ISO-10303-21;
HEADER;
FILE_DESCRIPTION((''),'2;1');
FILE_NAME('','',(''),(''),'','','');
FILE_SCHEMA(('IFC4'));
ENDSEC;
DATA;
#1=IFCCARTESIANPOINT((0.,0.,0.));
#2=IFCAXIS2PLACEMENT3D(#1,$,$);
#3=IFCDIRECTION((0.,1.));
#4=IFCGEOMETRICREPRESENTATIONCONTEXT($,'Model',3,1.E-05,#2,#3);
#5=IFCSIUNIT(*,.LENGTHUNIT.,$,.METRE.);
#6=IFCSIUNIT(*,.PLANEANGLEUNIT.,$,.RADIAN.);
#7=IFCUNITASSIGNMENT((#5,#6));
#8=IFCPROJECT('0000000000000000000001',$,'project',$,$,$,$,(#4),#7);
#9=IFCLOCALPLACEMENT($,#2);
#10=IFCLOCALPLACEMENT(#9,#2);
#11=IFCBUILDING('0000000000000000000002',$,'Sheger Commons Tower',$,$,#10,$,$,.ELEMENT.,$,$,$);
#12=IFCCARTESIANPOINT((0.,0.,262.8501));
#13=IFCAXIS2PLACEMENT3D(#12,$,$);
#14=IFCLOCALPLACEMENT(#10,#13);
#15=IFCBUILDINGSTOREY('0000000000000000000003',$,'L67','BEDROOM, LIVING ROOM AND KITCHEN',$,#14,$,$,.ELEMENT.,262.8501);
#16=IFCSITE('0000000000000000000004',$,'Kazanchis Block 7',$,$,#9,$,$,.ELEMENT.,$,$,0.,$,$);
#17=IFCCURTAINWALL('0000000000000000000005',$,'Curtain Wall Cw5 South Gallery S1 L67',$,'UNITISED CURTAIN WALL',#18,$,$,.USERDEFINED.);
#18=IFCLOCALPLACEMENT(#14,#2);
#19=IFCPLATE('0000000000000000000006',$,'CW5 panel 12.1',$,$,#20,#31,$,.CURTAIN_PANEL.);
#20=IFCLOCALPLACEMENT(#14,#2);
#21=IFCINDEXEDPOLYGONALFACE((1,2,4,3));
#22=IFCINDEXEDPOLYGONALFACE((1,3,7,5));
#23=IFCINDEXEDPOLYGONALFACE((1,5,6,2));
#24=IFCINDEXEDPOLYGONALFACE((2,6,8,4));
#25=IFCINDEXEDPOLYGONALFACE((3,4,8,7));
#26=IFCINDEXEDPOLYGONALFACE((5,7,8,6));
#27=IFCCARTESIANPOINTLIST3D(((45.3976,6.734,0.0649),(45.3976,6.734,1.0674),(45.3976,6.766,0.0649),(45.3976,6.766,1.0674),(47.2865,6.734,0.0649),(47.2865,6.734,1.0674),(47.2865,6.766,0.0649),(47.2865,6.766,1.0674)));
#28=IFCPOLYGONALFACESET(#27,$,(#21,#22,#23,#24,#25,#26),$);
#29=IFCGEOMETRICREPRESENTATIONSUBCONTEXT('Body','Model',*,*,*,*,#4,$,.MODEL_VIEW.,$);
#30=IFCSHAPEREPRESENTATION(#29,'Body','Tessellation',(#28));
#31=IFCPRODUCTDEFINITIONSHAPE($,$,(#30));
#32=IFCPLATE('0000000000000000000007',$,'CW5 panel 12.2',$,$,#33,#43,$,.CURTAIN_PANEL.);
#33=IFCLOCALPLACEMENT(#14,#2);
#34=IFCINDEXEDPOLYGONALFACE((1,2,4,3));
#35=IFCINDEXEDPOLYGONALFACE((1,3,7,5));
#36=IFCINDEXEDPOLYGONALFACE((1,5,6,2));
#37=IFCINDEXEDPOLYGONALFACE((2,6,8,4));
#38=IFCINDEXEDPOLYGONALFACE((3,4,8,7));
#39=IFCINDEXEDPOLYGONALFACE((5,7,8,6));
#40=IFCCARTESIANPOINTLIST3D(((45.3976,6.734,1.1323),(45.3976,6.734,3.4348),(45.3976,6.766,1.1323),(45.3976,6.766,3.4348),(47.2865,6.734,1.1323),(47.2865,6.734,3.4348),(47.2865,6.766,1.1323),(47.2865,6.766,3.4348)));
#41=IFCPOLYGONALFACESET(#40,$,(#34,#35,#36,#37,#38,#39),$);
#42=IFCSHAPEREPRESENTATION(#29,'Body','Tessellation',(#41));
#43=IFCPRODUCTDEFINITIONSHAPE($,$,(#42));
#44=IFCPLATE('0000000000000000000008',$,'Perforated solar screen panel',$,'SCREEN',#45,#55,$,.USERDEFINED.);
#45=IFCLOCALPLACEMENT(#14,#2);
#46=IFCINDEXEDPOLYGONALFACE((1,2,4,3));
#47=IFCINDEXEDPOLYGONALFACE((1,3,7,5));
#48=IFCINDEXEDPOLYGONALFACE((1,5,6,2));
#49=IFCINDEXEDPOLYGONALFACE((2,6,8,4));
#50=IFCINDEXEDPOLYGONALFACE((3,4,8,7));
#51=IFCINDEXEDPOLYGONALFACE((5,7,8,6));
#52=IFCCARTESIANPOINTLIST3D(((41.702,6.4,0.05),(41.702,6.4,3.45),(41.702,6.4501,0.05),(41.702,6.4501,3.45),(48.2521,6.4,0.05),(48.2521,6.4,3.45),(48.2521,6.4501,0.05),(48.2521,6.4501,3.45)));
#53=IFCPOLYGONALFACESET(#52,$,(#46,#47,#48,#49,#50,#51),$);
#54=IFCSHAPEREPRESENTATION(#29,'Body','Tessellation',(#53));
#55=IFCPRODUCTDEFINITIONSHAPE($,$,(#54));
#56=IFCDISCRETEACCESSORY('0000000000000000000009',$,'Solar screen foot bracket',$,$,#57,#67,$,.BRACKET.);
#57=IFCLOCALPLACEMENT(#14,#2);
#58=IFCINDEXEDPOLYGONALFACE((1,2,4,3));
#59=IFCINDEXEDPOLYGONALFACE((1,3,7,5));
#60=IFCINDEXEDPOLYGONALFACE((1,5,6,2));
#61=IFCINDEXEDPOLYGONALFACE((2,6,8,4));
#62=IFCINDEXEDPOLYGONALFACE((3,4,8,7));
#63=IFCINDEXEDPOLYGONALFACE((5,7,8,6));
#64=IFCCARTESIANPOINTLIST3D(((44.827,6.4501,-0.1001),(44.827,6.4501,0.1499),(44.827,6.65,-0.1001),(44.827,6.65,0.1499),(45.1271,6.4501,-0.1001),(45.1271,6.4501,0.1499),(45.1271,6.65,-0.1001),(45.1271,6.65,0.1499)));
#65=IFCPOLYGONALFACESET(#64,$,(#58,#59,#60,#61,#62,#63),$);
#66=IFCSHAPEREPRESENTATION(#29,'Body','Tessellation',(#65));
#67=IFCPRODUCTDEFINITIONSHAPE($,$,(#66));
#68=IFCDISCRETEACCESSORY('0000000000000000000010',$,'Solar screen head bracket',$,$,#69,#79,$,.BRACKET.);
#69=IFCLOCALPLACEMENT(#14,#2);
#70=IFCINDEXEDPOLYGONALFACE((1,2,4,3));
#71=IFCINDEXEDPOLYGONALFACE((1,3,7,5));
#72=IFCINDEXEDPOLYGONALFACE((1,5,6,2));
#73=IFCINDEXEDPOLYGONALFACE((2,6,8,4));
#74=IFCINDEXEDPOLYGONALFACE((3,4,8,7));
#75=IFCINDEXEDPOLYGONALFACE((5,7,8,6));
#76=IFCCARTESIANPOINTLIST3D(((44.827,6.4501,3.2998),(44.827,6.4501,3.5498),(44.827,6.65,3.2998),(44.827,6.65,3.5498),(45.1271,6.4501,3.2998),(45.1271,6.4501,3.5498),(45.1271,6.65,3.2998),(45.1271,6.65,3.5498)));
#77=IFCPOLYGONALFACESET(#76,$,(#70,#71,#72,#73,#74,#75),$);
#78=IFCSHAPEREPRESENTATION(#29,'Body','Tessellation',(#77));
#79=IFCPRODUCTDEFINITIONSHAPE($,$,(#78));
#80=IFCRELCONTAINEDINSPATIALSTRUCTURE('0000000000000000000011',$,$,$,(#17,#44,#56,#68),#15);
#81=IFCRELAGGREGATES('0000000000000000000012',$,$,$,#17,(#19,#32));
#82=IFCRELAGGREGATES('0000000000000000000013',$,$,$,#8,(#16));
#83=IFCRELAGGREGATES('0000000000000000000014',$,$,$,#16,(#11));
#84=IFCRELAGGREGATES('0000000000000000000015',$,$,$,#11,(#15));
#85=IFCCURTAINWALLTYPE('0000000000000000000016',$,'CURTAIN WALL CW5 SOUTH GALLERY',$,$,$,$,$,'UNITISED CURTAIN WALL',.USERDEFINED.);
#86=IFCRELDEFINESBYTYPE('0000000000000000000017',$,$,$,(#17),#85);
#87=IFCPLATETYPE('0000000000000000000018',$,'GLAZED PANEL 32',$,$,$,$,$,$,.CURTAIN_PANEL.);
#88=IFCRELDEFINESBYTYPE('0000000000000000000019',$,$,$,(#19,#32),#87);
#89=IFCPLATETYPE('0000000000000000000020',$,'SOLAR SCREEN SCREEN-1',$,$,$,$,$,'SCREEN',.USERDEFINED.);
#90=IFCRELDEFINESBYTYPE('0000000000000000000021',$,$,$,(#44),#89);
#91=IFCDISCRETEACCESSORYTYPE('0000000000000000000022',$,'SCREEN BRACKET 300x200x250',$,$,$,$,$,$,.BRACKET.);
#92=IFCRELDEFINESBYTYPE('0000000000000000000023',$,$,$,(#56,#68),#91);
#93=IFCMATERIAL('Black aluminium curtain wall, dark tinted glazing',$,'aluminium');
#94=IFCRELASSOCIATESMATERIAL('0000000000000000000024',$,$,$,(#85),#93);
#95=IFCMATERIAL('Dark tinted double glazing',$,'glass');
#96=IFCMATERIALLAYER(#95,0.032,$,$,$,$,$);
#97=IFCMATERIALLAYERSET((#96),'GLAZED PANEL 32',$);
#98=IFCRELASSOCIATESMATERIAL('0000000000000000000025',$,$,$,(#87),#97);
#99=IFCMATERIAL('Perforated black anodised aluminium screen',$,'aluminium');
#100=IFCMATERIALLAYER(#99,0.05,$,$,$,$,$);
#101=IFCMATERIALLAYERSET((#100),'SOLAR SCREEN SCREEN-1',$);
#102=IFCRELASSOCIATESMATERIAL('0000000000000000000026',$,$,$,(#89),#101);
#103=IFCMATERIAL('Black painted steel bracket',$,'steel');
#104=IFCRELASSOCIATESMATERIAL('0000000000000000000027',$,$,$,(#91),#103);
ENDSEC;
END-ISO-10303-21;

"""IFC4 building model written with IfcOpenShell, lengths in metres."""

from ifc_helpers import new_model, si_unit, direction, frame, origin, origin_2d, place, context, subcontext, project, spatial, rectangle, extrude, material, layer, layer_set, type_object, element, aggregate, save


model = new_model("IFC4")

# Units and contexts
model_context = context("Model", 3, precision=1e-05, world=origin(), true_north=direction((0.0, 1.0)))
body_context = subcontext(model_context, "Body", "Model", "MODEL_VIEW")
ifc_project = project(units=[si_unit("LENGTHUNIT", "METRE"), si_unit("PLANEANGLEUNIT", "RADIAN")], contexts=[model_context])

# Site, building, storey
site_placement = place(None, origin())
site = spatial("IfcSite", under=ifc_project, at=site_placement, Name="Kazanchis Block 7", CompositionType="ELEMENT", RefElevation=0.0)
building_placement = place(site_placement, origin())
building = spatial("IfcBuilding", under=site, at=building_placement, Name="Sheger Commons Tower", CompositionType="ELEMENT")
storey_placement = place(building_placement, frame((0.0, 0.0, 262.8501)))
storey = spatial("IfcBuildingStorey", under=building, at=storey_placement, Name="L67", Description="BEDROOM, LIVING ROOM AND KITCHEN", CompositionType="ELEMENT", Elevation=262.8501)

# Curtain wall, plates
ifc_material_1 = material(Name="Black aluminium curtain wall, dark tinted glazing", Category="aluminium")
curtain_wall_type = type_object("IfcCurtainWallType", Name="CURTAIN WALL CW5 SOUTH GALLERY", ElementType="UNITISED CURTAIN WALL", PredefinedType="USERDEFINED", material=ifc_material_1)
curtain_wall_placement = place(storey_placement, origin())
curtain_wall = element("IfcCurtainWall", 1, at=curtain_wall_placement, inside=storey, type_object=curtain_wall_type, Name="Curtain Wall Cw5 South Gallery S1 L67", ObjectType="UNITISED CURTAIN WALL", PredefinedType="USERDEFINED")
ifc_material_2 = material(Name="Dark tinted double glazing", Category="glass")
ifc_layer_1 = layer(ifc_material_2, 0.032)
ifc_layer_set_1 = layer_set([ifc_layer_1], Name="GLAZED PANEL 32")
plate_type_1 = type_object("IfcPlateType", Name="GLAZED PANEL 32", PredefinedType="CURTAIN_PANEL", material=ifc_layer_set_1)
plate_1_placement = place(storey_placement, frame((46.342, 6.75, 0.0649), z_axis=(0.0, 0.0, 1.0), x_axis=(1.0, 0.0, 0.0)))
plate_1 = element("IfcPlate", 2, at=plate_1_placement, type_object=plate_type_1, Name="CW5 panel 12.1", PredefinedType="CURTAIN_PANEL", context=body_context, shape_type="SweptSolid", body=[
    extrude(rectangle(XDim=1.8889, YDim=0.032, at=origin_2d()), origin(), (0.0, 0.0, 1.0), 1.0024),
])
plate_2_placement = place(storey_placement, frame((46.342, 6.75, 1.1323), z_axis=(0.0, 0.0, 1.0), x_axis=(1.0, 0.0, 0.0)))
plate_2 = element("IfcPlate", 3, at=plate_2_placement, type_object=plate_type_1, Name="CW5 panel 12.2", PredefinedType="CURTAIN_PANEL", context=body_context, shape_type="SweptSolid", body=[
    extrude(rectangle(XDim=1.8889, YDim=0.032, at=origin_2d()), origin(), (0.0, 0.0, 1.0), 2.3025),
])
aggregate(curtain_wall, [plate_1, plate_2])

# Plate
ifc_material_3 = material(Name="Perforated black anodised aluminium screen", Category="aluminium")
ifc_layer_2 = layer(ifc_material_3, 0.05)
ifc_layer_set_2 = layer_set([ifc_layer_2], Name="SOLAR SCREEN SCREEN-1")
plate_type_2 = type_object("IfcPlateType", Name="SOLAR SCREEN SCREEN-1", ElementType="SCREEN", PredefinedType="USERDEFINED", material=ifc_layer_set_2)
plate_3_placement = place(storey_placement, frame((44.9771, 6.425, 0.05), z_axis=(0.0, 0.0, 1.0), x_axis=(1.0, 0.0, 0.0)))
element("IfcPlate", 4, at=plate_3_placement, inside=storey, type_object=plate_type_2, Name="Perforated solar screen panel", ObjectType="SCREEN", PredefinedType="USERDEFINED", context=body_context, shape_type="SweptSolid", body=[
    extrude(rectangle(XDim=6.55, YDim=0.05, at=origin_2d()), origin(), (0.0, 0.0, 1.0), 3.3999),
])

# Discrete accessories
ifc_material_4 = material(Name="Black painted steel bracket", Category="steel")
discrete_accessory_type = type_object("IfcDiscreteAccessoryType", Name="SCREEN BRACKET 300x200x250", PredefinedType="BRACKET", material=ifc_material_4)
for number, where, z_axis, x_axis, name in (
    (5, (44.9771, 6.55, -0.1001), (0.0, 0.0, 1.0), (1.0, 0.0, 0.0), "Solar screen foot bracket"),
    (6, (44.9771, 6.55, 3.2998), (0.0, 0.0, 1.0), (1.0, 0.0, 0.0), "Solar screen head bracket"),
):
    element("IfcDiscreteAccessory", number, at=place(storey_placement, frame(where, z_axis=z_axis, x_axis=x_axis)), inside=storey, type_object=discrete_accessory_type, Name=name, PredefinedType="BRACKET", context=body_context, shape_type="SweptSolid", body=[
        extrude(rectangle(XDim=0.3, YDim=0.2, at=origin_2d()), origin(), (0.0, 0.0, 1.0), 0.25),
    ])

save(model, "model.ifc")
